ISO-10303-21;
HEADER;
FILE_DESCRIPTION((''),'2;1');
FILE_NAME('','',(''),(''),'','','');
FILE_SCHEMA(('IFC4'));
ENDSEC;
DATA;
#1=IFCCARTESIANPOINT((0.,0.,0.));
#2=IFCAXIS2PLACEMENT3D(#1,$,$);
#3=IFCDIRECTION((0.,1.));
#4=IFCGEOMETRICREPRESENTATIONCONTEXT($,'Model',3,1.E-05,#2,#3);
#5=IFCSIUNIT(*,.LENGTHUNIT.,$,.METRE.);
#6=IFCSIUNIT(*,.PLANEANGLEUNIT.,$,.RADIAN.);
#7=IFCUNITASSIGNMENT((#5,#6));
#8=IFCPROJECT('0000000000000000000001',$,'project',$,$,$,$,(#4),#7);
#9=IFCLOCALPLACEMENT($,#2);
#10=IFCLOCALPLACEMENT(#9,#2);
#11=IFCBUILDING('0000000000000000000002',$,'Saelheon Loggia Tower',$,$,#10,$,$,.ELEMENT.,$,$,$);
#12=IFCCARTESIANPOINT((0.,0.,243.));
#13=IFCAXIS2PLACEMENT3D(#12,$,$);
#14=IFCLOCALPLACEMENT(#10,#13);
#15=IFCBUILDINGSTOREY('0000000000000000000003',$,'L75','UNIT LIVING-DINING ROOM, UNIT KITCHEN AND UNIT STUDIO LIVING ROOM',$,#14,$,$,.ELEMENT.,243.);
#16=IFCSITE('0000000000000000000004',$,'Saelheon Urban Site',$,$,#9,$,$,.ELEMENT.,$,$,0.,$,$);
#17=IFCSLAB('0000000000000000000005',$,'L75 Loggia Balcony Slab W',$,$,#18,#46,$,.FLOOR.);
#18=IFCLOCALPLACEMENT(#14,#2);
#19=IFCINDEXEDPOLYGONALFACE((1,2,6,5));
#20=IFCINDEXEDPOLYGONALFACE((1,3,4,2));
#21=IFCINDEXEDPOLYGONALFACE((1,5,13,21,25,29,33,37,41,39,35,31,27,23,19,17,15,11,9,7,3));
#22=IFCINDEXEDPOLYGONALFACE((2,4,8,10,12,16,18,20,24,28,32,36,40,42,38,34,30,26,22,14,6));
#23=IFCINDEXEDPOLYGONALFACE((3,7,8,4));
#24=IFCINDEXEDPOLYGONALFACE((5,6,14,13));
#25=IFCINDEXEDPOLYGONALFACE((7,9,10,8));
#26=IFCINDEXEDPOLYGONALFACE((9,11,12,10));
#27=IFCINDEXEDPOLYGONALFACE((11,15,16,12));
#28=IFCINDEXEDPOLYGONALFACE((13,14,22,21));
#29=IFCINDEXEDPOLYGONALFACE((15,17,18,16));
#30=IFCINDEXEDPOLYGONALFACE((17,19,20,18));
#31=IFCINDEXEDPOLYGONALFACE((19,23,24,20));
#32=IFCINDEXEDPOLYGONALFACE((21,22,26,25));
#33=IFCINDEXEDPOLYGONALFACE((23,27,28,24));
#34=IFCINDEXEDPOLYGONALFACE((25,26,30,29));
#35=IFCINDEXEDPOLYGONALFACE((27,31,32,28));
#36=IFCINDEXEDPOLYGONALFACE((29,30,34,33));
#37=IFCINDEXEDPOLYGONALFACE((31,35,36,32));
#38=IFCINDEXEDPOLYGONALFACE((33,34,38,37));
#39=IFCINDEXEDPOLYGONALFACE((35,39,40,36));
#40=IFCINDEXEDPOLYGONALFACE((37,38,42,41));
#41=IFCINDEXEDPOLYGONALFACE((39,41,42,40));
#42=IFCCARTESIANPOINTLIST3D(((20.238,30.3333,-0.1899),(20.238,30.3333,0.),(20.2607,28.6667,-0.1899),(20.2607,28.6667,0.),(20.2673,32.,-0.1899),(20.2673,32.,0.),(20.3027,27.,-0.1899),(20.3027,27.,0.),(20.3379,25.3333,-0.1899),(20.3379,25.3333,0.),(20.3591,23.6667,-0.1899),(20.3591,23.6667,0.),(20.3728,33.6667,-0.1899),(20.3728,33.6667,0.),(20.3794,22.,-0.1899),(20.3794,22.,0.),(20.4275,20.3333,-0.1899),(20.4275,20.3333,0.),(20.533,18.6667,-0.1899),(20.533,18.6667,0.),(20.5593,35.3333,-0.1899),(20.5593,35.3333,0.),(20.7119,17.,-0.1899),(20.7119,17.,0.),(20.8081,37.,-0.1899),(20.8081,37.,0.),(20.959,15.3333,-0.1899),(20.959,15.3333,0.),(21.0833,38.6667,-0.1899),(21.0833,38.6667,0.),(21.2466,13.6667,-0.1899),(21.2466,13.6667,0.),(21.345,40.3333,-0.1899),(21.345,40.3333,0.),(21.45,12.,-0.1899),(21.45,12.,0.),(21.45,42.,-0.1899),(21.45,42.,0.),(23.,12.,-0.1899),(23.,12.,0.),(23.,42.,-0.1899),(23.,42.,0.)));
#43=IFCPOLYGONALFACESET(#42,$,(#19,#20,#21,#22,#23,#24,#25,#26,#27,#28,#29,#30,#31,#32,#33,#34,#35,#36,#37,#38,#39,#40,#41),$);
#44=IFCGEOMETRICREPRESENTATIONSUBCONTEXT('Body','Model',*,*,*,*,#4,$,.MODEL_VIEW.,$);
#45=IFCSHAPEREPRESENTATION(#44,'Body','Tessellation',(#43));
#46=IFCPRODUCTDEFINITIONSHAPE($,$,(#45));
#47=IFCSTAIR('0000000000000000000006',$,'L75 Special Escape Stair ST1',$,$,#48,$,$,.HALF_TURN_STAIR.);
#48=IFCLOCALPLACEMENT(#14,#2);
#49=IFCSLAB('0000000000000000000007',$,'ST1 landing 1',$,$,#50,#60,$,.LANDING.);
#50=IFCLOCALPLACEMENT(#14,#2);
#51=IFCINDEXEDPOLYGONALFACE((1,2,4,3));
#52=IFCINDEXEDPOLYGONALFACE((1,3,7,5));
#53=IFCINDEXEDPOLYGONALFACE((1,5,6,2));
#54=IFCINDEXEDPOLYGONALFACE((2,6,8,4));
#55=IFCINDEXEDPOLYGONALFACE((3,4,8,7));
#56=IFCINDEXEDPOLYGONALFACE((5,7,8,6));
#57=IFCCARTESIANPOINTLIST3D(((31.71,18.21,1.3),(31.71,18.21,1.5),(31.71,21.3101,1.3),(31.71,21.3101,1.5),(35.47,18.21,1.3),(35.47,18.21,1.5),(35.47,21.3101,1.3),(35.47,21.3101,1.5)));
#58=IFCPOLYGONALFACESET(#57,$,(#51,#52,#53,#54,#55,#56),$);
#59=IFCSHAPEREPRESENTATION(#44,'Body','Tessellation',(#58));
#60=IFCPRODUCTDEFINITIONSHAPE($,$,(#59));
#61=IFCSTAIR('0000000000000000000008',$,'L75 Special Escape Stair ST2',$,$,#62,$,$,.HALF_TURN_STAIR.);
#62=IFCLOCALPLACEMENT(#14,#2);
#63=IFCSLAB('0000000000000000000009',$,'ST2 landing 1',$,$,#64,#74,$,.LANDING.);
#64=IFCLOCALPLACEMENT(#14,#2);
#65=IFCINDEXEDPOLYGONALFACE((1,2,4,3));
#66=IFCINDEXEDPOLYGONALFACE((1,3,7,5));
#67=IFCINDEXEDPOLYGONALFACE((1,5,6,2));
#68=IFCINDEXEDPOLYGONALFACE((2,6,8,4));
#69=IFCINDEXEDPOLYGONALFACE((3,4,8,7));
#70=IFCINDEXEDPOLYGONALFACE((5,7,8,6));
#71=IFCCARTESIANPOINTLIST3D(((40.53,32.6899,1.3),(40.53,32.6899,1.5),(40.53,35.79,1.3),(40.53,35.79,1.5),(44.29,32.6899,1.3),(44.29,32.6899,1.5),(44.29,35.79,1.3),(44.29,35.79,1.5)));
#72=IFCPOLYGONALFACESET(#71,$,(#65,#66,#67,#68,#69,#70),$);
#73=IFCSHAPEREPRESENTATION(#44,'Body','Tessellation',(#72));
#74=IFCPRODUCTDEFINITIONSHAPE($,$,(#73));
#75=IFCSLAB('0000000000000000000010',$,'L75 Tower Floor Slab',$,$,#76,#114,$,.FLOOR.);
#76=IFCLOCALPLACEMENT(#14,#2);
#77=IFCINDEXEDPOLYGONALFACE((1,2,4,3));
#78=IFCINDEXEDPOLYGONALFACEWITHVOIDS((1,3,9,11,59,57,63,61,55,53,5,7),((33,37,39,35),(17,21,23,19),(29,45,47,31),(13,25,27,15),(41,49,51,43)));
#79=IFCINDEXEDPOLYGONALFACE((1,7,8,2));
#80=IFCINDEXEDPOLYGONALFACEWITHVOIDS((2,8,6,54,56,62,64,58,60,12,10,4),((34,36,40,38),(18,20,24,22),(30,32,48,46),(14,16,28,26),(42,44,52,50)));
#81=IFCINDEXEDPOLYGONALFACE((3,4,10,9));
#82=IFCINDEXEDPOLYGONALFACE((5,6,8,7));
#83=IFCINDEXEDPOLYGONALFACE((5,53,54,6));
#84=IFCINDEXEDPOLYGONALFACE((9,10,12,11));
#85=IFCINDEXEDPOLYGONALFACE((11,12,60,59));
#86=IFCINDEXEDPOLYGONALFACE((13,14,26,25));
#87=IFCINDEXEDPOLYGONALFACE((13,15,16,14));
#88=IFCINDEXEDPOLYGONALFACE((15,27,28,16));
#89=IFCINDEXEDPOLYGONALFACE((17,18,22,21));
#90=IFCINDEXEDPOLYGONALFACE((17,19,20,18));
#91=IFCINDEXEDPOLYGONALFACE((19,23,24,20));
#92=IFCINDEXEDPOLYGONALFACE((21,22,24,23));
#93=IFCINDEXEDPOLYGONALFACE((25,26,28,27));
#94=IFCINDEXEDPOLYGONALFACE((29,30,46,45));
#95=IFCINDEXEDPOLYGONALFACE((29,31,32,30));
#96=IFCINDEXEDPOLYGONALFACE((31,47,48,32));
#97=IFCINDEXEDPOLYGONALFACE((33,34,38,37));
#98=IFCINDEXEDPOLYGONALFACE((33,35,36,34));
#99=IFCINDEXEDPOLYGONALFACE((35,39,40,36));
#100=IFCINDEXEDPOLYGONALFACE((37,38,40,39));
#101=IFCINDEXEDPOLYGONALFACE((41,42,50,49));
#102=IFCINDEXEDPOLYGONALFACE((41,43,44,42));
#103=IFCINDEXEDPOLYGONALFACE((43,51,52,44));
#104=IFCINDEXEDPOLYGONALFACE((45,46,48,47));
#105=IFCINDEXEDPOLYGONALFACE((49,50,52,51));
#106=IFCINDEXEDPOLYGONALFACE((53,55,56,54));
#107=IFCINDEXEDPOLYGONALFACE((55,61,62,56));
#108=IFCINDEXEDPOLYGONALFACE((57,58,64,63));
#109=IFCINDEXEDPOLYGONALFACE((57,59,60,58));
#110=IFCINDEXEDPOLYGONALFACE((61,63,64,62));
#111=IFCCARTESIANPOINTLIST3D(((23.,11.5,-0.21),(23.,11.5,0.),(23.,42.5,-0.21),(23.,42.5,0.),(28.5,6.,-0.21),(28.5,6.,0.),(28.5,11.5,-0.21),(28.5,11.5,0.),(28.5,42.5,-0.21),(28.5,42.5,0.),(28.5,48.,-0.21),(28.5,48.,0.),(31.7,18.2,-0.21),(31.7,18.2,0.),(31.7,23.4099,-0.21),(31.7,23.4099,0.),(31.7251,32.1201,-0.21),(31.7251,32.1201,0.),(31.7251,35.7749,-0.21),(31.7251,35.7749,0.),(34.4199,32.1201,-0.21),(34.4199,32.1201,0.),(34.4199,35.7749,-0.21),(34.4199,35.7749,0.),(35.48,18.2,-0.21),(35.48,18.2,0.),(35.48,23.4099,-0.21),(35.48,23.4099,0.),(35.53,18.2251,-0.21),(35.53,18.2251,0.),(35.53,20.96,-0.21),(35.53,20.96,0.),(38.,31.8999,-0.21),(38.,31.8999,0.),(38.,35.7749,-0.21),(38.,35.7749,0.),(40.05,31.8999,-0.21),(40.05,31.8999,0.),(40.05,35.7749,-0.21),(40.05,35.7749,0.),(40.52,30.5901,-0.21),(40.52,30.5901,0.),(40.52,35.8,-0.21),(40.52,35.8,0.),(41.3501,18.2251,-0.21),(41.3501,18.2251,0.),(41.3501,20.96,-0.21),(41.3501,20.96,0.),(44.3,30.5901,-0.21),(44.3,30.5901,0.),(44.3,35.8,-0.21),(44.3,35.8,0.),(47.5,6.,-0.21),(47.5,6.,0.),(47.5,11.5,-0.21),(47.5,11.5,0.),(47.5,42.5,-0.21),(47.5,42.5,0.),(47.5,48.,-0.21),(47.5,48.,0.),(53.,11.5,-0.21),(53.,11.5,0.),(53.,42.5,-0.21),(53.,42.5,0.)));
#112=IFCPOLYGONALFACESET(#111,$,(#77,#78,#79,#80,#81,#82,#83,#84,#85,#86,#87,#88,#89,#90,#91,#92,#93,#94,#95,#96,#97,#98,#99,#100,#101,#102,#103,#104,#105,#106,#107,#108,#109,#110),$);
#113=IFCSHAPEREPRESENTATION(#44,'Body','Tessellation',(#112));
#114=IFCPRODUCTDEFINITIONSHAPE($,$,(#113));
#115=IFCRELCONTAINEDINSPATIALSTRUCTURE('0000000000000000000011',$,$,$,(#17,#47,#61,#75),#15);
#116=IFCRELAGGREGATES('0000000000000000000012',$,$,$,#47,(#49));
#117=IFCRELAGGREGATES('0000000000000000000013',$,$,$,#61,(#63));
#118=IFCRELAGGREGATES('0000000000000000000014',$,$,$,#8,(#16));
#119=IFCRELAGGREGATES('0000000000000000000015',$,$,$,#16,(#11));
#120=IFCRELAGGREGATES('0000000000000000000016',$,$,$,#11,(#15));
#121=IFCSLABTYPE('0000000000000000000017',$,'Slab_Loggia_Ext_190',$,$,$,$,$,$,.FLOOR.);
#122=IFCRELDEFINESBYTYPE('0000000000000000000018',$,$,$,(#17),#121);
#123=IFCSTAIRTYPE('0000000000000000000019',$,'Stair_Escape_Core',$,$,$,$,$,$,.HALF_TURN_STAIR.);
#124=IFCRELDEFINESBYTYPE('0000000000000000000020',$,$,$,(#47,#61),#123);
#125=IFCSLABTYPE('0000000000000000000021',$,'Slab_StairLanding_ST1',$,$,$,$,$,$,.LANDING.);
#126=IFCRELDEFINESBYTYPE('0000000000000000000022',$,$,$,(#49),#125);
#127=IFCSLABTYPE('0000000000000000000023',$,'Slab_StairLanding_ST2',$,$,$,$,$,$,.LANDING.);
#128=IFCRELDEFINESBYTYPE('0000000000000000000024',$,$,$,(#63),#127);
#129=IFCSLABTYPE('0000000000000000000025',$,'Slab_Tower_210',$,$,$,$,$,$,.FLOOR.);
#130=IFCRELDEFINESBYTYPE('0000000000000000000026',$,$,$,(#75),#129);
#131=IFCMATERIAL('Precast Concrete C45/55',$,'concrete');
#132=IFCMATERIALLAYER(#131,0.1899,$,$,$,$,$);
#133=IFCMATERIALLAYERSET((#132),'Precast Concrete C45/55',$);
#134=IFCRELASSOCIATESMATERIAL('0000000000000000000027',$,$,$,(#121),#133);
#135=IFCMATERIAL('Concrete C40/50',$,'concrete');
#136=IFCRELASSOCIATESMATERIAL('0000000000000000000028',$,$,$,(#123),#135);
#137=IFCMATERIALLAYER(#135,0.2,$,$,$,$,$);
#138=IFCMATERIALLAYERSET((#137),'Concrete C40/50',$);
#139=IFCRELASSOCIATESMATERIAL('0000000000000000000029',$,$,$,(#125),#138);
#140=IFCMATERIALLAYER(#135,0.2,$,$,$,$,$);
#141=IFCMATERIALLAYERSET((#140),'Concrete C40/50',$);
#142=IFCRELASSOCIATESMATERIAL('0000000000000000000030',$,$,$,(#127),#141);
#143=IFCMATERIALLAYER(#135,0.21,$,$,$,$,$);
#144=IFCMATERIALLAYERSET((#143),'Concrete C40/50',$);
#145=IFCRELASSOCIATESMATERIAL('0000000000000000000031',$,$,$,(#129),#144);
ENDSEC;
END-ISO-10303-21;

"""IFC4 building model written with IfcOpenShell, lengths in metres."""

from ifc_helpers import new_model, si_unit, direction, frame, origin, place, context, subcontext, project, spatial, polyline, outline, extrude, material, layer, layer_set, type_object, element, aggregate, save


model = new_model("IFC4")

# Units and contexts
model_context = context("Model", 3, precision=1e-05, world=origin(), true_north=direction((0.0, 1.0)))
body_context = subcontext(model_context, "Body", "Model", "MODEL_VIEW")
ifc_project = project(units=[si_unit("LENGTHUNIT", "METRE"), si_unit("PLANEANGLEUNIT", "RADIAN")], contexts=[model_context])

# Site, building, storey
site_placement = place(None, origin())
site = spatial("IfcSite", under=ifc_project, at=site_placement, Name="Saelheon Urban Site", CompositionType="ELEMENT", RefElevation=0.0)
building_placement = place(site_placement, origin())
building = spatial("IfcBuilding", under=site, at=building_placement, Name="Saelheon Loggia Tower", CompositionType="ELEMENT")
storey_placement = place(building_placement, frame((0.0, 0.0, 243.0)))
storey = spatial("IfcBuildingStorey", under=building, at=storey_placement, Name="L75", Description="UNIT LIVING-DINING ROOM, UNIT KITCHEN AND UNIT STUDIO LIVING ROOM", CompositionType="ELEMENT", Elevation=243.0)

# Shared definitions
ifc_material_1 = material(Name="Precast Concrete C45/55", Category="concrete")

# Shared definitions
ifc_material_2 = material(Name="Concrete C40/50", Category="concrete")

# Slab
ifc_layer_1 = layer(ifc_material_1, 0.1899)
ifc_layer_set_1 = layer_set([ifc_layer_1], Name="Precast Concrete C45/55")
slab_type_1 = type_object("IfcSlabType", Name="Slab_Loggia_Ext_190", PredefinedType="FLOOR", material=ifc_layer_set_1)
slab_1_placement = place(storey_placement, frame((0.0, 0.0, -0.1899)))
element("IfcSlab", 1, at=slab_1_placement, inside=storey, type_object=slab_type_1, Name="L75 Loggia Balcony Slab W", PredefinedType="FLOOR", context=body_context, shape_type="SweptSolid", body=[
    extrude(outline(polyline([(23.0, 12.0), (23.0, 42.0), (21.45, 42.0), (21.345, 40.3333), (21.0833, 38.6667), (20.8081, 37.0), (20.5593, 35.3333), (20.3728, 33.6667), (20.2673, 32.0), (20.238, 30.3333), (20.2607, 28.6667), (20.3027, 27.0), (20.3379, 25.3333), (20.3591, 23.6667), (20.3794, 22.0), (20.4275, 20.3333), (20.533, 18.6667), (20.7119, 17.0), (20.959, 15.3333), (21.2466, 13.6667), (21.45, 12.0), (23.0, 12.0)])), origin(), (0.0, 0.0, 1.0), 0.1899),
])

# Stairs, slabs
stair_type = type_object("IfcStairType", Name="Stair_Escape_Core", PredefinedType="HALF_TURN_STAIR", material=ifc_material_2)
stair_1_placement = place(storey_placement, origin())
stair_1 = element("IfcStair", 2, at=stair_1_placement, inside=storey, type_object=stair_type, Name="L75 Special Escape Stair ST1", PredefinedType="HALF_TURN_STAIR")
ifc_layer_2 = layer(ifc_material_2, 0.2)
ifc_layer_set_2 = layer_set([ifc_layer_2], Name="Concrete C40/50")
slab_type_2 = type_object("IfcSlabType", Name="Slab_StairLanding_ST1", PredefinedType="LANDING", material=ifc_layer_set_2)
slab_2_placement = place(storey_placement, frame((0.0, 0.0, 1.3)))
slab_2 = element("IfcSlab", 3, at=slab_2_placement, type_object=slab_type_2, Name="ST1 landing 1", PredefinedType="LANDING", context=body_context, shape_type="SweptSolid", body=[
    extrude(outline(polyline([(31.71, 21.3101), (31.71, 18.21), (35.47, 18.21), (35.47, 21.3101), (31.71, 21.3101)])), origin(), (0.0, 0.0, 1.0), 0.2),
])
aggregate(stair_1, [slab_2])
stair_2_placement = place(storey_placement, origin())
stair_2 = element("IfcStair", 4, at=stair_2_placement, inside=storey, type_object=stair_type, Name="L75 Special Escape Stair ST2", PredefinedType="HALF_TURN_STAIR")
ifc_layer_3 = layer(ifc_material_2, 0.2)
ifc_layer_set_3 = layer_set([ifc_layer_3], Name="Concrete C40/50")
slab_type_3 = type_object("IfcSlabType", Name="Slab_StairLanding_ST2", PredefinedType="LANDING", material=ifc_layer_set_3)
slab_3_placement = place(storey_placement, frame((0.0, 0.0, 1.3)))
slab_3 = element("IfcSlab", 5, at=slab_3_placement, type_object=slab_type_3, Name="ST2 landing 1", PredefinedType="LANDING", context=body_context, shape_type="SweptSolid", body=[
    extrude(outline(polyline([(44.29, 32.6899), (44.29, 35.79), (40.53, 35.79), (40.53, 32.6899), (44.29, 32.6899)])), origin(), (0.0, 0.0, 1.0), 0.2),
])
aggregate(stair_2, [slab_3])

# Slab
ifc_layer_4 = layer(ifc_material_2, 0.21)
ifc_layer_set_4 = layer_set([ifc_layer_4], Name="Concrete C40/50")
slab_type_4 = type_object("IfcSlabType", Name="Slab_Tower_210", PredefinedType="FLOOR", material=ifc_layer_set_4)
slab_4_placement = place(storey_placement, frame((0.0, 0.0, -0.21)))
element("IfcSlab", 6, at=slab_4_placement, inside=storey, type_object=slab_type_4, Name="L75 Tower Floor Slab", PredefinedType="FLOOR", context=body_context, shape_type="SweptSolid", body=[
    extrude(outline(polyline([(28.5, 6.0), (47.5, 6.0), (47.5, 11.5), (53.0, 11.5), (53.0, 42.5), (47.5, 42.5), (47.5, 48.0), (28.5, 48.0), (28.5, 42.5), (23.0, 42.5), (23.0, 11.5), (28.5, 11.5), (28.5, 6.0)]), holes=[polyline([(31.7, 23.4099), (31.7, 18.2), (35.48, 18.2), (35.48, 23.4099), (31.7, 23.4099)]), polyline([(44.3, 30.5901), (44.3, 35.8), (40.52, 35.8), (40.52, 30.5901), (44.3, 30.5901)]), polyline([(35.53, 18.2251), (41.3501, 18.2251), (41.3501, 20.96), (35.53, 20.96), (35.53, 18.2251)]), polyline([(31.7251, 32.1201), (34.4199, 32.1201), (34.4199, 35.7749), (31.7251, 35.7749), (31.7251, 32.1201)]), polyline([(38.0, 31.8999), (40.05, 31.8999), (40.05, 35.7749), (38.0, 35.7749), (38.0, 31.8999)])]), origin(), (0.0, 0.0, 1.0), 0.21),
])

save(model, "model.ifc")
